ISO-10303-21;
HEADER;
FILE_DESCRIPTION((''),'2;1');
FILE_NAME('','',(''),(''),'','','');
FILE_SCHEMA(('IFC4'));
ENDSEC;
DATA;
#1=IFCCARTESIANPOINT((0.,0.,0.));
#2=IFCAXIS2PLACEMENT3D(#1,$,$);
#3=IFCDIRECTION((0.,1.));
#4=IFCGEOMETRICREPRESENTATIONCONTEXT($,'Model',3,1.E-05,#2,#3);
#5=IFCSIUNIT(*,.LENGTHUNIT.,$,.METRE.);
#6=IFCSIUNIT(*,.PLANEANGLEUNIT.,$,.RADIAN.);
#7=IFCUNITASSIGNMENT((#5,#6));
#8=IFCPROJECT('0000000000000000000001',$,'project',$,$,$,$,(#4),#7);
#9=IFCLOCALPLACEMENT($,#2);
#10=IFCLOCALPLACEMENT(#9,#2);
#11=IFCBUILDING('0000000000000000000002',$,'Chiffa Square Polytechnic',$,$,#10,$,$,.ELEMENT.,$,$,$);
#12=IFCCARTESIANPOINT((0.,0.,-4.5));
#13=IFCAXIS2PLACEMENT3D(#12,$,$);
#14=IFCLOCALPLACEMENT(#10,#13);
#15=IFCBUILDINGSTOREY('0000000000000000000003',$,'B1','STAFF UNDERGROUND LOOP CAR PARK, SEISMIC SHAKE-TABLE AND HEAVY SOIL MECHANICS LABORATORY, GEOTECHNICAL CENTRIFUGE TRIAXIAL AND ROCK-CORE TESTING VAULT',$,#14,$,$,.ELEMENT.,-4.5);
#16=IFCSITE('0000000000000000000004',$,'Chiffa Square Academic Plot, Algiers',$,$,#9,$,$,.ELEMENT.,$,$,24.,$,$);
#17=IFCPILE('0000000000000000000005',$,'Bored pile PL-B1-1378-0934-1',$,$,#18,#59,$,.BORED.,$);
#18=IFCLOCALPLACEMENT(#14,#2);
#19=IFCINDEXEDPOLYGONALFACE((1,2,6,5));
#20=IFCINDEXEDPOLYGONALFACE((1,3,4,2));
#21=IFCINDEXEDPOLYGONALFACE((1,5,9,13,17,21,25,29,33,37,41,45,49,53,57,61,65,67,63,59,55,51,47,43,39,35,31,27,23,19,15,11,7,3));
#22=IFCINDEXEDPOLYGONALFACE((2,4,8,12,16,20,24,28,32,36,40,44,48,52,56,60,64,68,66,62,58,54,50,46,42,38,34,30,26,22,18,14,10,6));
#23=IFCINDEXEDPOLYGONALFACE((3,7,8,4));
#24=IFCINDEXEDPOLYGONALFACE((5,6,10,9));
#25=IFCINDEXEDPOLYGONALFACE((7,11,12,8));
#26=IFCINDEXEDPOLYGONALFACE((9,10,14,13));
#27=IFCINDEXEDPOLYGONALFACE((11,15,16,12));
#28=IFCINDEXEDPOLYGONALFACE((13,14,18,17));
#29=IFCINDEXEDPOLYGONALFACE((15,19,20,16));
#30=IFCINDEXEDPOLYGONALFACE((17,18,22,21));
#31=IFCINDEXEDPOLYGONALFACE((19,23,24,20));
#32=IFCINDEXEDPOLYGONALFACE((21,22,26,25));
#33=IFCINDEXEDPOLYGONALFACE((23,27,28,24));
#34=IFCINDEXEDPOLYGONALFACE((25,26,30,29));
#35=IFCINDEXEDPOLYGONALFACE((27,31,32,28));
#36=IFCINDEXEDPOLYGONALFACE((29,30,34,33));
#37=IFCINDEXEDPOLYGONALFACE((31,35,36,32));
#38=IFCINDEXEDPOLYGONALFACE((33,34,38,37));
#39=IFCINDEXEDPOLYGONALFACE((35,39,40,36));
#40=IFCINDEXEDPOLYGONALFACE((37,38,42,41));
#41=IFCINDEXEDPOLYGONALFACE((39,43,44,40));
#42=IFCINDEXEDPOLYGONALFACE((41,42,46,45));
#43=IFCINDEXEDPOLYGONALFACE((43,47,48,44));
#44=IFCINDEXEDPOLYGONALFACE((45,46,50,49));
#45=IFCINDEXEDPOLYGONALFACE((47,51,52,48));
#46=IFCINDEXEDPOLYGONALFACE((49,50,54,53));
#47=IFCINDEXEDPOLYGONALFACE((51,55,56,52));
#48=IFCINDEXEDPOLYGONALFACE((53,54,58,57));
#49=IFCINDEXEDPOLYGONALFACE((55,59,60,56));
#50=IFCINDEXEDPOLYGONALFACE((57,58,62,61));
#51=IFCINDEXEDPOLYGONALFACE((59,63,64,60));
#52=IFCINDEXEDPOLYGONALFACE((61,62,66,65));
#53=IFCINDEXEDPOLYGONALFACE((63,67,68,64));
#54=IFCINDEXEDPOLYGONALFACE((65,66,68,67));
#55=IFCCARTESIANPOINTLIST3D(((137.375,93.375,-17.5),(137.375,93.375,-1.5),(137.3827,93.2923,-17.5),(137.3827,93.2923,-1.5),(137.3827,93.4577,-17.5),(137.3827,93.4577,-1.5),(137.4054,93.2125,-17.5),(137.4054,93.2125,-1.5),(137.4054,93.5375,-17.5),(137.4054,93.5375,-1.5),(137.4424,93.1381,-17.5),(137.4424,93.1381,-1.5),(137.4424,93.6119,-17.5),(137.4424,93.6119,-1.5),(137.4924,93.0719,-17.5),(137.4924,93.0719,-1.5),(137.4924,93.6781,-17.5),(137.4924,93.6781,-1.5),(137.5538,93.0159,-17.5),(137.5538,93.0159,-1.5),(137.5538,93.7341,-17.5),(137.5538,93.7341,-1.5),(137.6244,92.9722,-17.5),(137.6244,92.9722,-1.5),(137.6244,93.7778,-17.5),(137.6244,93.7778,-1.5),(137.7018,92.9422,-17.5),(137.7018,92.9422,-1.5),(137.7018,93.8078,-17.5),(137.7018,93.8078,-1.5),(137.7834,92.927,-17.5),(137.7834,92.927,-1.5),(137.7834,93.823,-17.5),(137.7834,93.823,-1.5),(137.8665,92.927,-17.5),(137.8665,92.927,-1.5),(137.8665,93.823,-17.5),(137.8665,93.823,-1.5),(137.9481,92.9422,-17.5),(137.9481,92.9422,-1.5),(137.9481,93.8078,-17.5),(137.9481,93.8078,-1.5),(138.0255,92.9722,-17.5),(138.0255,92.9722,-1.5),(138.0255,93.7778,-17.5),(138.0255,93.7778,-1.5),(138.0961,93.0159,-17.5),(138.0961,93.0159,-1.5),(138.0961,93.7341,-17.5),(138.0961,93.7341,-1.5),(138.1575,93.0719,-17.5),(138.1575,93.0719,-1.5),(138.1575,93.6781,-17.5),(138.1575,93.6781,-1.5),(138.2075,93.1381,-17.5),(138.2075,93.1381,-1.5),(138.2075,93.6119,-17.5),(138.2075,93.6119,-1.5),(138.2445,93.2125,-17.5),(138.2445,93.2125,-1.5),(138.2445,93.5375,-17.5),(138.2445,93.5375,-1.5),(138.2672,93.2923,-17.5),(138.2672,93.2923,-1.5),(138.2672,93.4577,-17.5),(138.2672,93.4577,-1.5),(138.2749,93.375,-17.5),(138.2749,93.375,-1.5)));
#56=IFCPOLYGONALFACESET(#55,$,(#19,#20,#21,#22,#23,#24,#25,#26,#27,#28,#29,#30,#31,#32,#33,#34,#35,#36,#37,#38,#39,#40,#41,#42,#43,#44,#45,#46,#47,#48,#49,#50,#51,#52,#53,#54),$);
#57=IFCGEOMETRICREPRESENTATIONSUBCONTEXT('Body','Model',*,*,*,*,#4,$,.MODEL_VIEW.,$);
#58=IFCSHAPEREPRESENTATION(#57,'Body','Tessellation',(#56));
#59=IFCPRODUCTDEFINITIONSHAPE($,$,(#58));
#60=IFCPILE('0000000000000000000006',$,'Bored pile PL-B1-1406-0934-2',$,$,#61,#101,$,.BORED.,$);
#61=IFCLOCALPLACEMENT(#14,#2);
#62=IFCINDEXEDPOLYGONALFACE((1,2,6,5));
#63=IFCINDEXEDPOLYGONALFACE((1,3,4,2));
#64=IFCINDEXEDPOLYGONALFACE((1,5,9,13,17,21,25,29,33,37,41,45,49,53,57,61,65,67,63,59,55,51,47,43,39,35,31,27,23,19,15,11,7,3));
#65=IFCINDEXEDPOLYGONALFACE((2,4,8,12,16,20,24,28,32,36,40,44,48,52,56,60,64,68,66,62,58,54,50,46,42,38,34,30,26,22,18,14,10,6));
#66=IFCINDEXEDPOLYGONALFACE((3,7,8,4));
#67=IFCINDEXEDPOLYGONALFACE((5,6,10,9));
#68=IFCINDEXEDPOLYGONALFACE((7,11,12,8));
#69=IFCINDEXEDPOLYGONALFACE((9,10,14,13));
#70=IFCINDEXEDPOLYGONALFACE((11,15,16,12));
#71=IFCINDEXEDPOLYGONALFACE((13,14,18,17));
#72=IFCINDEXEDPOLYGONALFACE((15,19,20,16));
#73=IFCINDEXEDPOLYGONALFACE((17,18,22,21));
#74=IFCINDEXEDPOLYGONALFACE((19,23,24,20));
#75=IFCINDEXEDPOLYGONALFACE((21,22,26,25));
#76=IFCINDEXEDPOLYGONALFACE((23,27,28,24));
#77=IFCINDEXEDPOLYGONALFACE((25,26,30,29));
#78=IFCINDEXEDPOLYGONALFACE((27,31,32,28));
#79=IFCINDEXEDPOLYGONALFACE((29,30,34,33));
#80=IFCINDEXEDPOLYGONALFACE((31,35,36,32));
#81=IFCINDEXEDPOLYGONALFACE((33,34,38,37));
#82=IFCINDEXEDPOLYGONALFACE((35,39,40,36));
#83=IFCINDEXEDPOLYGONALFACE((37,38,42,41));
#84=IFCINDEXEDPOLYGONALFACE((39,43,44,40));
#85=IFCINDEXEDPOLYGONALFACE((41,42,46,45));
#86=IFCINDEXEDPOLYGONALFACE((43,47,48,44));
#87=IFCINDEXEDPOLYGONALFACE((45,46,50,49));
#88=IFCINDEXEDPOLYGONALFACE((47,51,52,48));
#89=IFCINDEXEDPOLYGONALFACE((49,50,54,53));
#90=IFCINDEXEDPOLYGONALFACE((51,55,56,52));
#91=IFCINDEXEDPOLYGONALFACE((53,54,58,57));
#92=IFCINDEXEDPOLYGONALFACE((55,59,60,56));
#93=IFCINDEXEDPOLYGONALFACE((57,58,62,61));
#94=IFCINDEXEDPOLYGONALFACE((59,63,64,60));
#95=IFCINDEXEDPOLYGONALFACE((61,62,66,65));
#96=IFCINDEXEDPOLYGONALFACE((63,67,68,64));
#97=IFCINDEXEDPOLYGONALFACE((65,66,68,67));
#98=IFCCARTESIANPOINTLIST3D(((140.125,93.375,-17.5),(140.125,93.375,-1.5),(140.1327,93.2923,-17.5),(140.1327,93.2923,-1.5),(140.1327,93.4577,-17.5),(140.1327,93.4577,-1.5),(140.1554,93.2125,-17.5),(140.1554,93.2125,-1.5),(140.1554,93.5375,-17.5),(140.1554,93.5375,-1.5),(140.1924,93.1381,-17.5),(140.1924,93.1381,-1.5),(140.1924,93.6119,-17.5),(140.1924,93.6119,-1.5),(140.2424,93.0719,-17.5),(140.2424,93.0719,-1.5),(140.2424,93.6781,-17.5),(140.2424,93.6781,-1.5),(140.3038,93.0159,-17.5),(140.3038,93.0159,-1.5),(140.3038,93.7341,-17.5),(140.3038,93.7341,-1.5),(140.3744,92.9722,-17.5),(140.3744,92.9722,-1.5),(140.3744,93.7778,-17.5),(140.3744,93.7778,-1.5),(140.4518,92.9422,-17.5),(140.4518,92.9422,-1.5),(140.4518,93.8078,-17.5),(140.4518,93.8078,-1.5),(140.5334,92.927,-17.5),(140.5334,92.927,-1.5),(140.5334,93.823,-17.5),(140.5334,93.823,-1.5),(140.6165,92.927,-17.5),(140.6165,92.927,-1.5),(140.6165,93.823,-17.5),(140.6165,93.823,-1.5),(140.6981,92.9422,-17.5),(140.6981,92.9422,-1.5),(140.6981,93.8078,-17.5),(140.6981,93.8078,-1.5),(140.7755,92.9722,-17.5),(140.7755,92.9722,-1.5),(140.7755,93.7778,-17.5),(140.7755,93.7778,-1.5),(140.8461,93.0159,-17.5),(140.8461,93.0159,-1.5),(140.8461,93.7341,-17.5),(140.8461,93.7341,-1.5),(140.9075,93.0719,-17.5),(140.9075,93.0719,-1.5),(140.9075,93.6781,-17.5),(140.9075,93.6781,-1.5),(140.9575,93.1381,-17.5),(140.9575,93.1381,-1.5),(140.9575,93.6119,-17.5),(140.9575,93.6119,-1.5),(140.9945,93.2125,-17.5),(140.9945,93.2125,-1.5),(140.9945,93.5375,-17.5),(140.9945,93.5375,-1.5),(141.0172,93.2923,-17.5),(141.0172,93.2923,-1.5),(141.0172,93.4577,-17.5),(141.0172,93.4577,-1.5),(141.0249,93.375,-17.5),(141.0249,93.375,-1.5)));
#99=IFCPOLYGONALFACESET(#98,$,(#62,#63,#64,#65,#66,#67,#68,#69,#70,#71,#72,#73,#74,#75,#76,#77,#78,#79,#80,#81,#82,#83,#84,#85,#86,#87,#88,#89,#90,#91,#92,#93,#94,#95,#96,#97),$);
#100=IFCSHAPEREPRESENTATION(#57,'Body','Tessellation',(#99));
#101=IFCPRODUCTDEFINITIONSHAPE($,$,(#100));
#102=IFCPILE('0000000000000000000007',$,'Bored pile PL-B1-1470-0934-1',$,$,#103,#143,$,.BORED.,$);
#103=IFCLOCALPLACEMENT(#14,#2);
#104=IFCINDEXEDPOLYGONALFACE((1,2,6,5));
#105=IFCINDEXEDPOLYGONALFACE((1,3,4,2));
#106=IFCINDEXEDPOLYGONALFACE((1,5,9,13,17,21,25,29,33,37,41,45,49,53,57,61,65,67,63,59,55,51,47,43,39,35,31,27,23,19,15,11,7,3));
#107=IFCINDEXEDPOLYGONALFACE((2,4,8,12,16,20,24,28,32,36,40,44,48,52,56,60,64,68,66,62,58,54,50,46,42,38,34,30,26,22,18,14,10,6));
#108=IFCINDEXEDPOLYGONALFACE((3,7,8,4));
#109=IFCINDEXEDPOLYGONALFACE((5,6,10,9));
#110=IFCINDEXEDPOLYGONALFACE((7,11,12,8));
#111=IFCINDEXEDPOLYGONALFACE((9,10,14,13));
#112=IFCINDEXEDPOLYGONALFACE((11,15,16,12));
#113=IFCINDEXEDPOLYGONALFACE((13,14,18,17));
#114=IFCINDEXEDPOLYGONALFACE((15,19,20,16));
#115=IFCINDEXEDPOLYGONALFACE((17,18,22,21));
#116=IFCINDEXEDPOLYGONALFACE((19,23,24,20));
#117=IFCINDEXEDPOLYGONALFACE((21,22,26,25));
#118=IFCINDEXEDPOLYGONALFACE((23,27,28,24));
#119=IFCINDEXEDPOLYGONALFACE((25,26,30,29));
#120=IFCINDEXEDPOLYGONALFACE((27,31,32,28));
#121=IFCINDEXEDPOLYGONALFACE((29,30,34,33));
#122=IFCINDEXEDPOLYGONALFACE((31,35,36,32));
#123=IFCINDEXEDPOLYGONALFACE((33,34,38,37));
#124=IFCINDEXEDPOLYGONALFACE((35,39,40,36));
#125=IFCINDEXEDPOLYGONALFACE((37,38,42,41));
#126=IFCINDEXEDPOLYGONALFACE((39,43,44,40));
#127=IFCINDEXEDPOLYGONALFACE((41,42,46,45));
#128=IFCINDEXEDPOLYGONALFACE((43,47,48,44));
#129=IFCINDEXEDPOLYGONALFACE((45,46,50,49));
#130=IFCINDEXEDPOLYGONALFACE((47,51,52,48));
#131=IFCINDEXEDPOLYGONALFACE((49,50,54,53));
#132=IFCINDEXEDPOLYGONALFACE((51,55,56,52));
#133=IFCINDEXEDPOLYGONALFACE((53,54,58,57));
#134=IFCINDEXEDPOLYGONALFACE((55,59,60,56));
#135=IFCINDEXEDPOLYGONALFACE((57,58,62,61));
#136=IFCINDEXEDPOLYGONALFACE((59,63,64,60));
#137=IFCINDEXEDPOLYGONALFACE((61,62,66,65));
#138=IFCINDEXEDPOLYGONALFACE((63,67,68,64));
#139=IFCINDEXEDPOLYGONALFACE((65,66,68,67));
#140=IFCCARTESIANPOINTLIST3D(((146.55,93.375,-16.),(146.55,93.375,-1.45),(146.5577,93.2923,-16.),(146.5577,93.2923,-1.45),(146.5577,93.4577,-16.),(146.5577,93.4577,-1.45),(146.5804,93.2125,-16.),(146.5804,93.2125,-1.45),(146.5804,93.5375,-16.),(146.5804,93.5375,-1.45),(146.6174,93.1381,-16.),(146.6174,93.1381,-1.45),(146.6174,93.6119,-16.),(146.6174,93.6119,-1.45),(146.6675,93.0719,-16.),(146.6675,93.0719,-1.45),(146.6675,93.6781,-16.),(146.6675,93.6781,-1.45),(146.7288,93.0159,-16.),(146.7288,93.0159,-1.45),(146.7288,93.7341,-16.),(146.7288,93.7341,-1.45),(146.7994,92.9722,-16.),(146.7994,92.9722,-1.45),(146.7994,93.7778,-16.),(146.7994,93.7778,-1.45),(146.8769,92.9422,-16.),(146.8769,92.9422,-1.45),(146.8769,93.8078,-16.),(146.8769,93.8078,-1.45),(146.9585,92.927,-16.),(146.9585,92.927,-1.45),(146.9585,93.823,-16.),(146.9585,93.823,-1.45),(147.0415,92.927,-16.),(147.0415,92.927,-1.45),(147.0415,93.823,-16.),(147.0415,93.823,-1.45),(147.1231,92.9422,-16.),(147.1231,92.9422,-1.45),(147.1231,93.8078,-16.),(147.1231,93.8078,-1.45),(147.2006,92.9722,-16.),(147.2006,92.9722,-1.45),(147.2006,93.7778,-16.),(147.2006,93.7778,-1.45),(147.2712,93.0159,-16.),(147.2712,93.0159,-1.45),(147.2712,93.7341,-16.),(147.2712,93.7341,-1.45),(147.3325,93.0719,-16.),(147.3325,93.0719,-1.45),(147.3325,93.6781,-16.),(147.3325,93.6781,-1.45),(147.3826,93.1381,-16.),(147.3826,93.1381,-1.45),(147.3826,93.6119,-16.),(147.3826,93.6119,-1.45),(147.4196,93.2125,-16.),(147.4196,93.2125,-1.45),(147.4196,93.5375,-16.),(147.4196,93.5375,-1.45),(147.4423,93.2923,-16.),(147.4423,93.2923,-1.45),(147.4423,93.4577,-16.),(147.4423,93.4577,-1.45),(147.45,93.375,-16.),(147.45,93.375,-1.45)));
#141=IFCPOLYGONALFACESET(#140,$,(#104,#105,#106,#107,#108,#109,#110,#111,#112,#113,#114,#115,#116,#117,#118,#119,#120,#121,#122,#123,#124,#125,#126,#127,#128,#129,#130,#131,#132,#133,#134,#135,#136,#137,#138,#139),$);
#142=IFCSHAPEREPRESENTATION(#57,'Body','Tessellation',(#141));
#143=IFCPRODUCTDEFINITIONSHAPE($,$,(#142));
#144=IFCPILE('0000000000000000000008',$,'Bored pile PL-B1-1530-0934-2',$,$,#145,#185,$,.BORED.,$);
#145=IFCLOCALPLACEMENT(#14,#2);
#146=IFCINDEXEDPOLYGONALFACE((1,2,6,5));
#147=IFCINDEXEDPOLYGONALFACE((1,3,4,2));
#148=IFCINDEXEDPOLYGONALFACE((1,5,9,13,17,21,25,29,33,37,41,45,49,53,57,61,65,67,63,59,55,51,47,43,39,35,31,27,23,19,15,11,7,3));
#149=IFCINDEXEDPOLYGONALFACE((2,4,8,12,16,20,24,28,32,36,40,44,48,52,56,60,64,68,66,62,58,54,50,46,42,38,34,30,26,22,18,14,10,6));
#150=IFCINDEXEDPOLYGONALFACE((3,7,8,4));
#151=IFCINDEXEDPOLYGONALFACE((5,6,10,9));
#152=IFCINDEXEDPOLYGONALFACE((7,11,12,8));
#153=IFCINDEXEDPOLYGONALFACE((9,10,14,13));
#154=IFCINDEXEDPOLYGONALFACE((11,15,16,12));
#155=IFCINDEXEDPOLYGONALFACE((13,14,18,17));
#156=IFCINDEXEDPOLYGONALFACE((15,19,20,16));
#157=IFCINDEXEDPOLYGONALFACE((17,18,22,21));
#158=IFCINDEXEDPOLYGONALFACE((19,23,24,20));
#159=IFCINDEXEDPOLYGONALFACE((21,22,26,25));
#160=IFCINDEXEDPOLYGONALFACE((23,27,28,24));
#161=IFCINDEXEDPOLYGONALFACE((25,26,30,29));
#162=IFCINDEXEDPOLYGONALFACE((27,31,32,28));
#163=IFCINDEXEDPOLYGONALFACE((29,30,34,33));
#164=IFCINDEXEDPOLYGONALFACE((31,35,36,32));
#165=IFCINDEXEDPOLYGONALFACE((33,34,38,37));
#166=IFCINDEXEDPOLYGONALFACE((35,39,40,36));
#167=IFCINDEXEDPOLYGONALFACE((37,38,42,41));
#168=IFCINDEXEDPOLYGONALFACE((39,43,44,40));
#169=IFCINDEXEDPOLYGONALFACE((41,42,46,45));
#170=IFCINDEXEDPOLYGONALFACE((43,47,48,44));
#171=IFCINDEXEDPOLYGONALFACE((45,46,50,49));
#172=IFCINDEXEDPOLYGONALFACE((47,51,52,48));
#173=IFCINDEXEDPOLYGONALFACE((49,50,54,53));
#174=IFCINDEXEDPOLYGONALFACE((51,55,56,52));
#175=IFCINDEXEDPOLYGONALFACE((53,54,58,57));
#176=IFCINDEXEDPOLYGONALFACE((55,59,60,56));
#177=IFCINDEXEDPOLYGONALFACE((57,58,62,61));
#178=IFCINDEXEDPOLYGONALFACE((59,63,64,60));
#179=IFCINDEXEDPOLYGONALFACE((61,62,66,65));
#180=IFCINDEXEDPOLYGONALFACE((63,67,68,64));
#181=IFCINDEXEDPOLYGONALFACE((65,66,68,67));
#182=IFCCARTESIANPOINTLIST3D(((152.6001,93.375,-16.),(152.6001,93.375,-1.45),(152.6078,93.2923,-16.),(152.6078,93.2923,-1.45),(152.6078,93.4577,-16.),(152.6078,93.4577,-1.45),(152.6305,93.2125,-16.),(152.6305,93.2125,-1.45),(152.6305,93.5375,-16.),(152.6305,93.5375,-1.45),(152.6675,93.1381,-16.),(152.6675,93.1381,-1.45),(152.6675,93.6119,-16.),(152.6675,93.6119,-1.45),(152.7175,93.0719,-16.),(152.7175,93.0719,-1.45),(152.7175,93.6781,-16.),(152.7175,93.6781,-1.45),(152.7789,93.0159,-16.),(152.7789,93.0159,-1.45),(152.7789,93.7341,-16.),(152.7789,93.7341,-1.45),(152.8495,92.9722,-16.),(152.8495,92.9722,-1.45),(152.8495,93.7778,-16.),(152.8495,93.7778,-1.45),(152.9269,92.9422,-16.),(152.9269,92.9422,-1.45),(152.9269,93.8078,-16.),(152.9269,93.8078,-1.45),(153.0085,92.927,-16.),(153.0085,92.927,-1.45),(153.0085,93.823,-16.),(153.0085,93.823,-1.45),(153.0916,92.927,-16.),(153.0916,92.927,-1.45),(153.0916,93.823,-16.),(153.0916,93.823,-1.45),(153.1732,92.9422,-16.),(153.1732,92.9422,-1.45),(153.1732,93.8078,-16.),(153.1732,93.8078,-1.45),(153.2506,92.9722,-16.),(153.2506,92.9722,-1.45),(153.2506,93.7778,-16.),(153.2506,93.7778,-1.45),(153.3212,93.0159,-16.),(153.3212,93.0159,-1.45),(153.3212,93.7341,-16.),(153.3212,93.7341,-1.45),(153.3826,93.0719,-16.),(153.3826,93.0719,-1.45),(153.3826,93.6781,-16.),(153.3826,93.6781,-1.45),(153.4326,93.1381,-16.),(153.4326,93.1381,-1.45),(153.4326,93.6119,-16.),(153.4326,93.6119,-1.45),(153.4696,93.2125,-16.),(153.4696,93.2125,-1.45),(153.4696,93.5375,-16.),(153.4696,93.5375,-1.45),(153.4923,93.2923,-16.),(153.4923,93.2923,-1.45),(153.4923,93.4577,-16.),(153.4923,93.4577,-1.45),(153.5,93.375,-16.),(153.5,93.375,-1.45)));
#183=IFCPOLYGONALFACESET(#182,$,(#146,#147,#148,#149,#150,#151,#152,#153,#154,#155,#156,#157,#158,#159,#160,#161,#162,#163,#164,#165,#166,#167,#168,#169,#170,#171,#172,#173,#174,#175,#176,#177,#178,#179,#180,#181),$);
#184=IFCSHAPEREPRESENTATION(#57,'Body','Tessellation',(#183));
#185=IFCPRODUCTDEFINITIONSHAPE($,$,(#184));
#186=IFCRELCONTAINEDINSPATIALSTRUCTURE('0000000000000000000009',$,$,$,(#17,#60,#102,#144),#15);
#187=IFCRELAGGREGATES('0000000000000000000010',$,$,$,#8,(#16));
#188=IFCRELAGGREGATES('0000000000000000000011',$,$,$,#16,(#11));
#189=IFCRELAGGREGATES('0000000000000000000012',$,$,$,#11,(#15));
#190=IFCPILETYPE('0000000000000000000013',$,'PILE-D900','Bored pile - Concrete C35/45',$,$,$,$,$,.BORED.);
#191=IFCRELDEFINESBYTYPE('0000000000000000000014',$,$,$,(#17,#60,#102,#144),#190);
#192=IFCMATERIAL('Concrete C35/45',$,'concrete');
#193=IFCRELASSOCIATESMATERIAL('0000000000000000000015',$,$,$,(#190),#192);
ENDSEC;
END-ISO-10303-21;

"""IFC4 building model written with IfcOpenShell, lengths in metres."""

from ifc_helpers import new_model, si_unit, direction, frame, origin, origin_2d, place, context, subcontext, project, spatial, circle, extrude, material, material_profile, profile_set, type_object, element, save


model = new_model("IFC4")

# Units and contexts
model_context = context("Model", 3, precision=1e-05, world=origin(), true_north=direction((0.0, 1.0)))
body_context = subcontext(model_context, "Body", "Model", "MODEL_VIEW")
ifc_project = project(units=[si_unit("LENGTHUNIT", "METRE"), si_unit("PLANEANGLEUNIT", "RADIAN")], contexts=[model_context])

# Site, building, storey
site_placement = place(None, origin())
site = spatial("IfcSite", under=ifc_project, at=site_placement, Name="Chiffa Square Academic Plot, Algiers", CompositionType="ELEMENT", RefElevation=24.0)
building_placement = place(site_placement, origin())
building = spatial("IfcBuilding", under=site, at=building_placement, Name="Chiffa Square Polytechnic", CompositionType="ELEMENT")
storey_placement = place(building_placement, frame((0.0, 0.0, -4.5)))
storey = spatial("IfcBuildingStorey", under=building, at=storey_placement, Name="B1", Description="STAFF UNDERGROUND LOOP CAR PARK, SEISMIC SHAKE-TABLE AND HEAVY SOIL MECHANICS LABORATORY, GEOTECHNICAL CENTRIFUGE TRIAXIAL AND ROCK-CORE TESTING VAULT", CompositionType="ELEMENT", Elevation=-4.5)

# Shared definitions
ifc_material_1 = material(Name="Concrete C35/45", Category="concrete")

# Piles
ifc_material_profile_1 = material_profile(ifc_material_1, circle(Radius=0.45, at=origin_2d()), Name="PILE D900")
ifc_profile_set_1 = profile_set([ifc_material_profile_1], Name="Concrete C35/45")
pile_type_1 = type_object("IfcPileType", Name="PILE-D900", Description="Bored pile - Concrete C35/45", PredefinedType="BORED", material=ifc_profile_set_1)
for number, where, z_axis, x_axis, name in (
    (1, (137.825, 93.375, -1.5), (0.0, 0.0, -1.0), (1.0, 0.0, 0.0), "Bored pile PL-B1-1378-0934-1"),
    (2, (140.575, 93.375, -1.5), (0.0, 0.0, -1.0), (1.0, 0.0, 0.0), "Bored pile PL-B1-1406-0934-2"),
):
    element("IfcPile", number, at=place(storey_placement, frame(where, z_axis=z_axis, x_axis=x_axis)), inside=storey, type_object=pile_type_1, Name=name, PredefinedType="BORED", context=body_context, shape_type="SweptSolid", body=[
        extrude(circle(Radius=0.45, at=origin_2d()), origin(), (0.0, 0.0, 1.0), 16.0),
    ])
for number, where, z_axis, x_axis, name in (
    (3, (147.0, 93.375, -1.45), (0.0, 0.0, -1.0), (1.0, 0.0, 0.0), "Bored pile PL-B1-1470-0934-1"),
    (4, (153.05, 93.375, -1.45), (0.0, 0.0, -1.0), (1.0, 0.0, 0.0), "Bored pile PL-B1-1530-0934-2"),
):
    element("IfcPile", number, at=place(storey_placement, frame(where, z_axis=z_axis, x_axis=x_axis)), inside=storey, type_object=pile_type_1, Name=name, PredefinedType="BORED", context=body_context, shape_type="SweptSolid", body=[
        extrude(circle(Radius=0.45, at=origin_2d()), origin(), (0.0, 0.0, 1.0), 14.55),
    ])

save(model, "model.ifc")
